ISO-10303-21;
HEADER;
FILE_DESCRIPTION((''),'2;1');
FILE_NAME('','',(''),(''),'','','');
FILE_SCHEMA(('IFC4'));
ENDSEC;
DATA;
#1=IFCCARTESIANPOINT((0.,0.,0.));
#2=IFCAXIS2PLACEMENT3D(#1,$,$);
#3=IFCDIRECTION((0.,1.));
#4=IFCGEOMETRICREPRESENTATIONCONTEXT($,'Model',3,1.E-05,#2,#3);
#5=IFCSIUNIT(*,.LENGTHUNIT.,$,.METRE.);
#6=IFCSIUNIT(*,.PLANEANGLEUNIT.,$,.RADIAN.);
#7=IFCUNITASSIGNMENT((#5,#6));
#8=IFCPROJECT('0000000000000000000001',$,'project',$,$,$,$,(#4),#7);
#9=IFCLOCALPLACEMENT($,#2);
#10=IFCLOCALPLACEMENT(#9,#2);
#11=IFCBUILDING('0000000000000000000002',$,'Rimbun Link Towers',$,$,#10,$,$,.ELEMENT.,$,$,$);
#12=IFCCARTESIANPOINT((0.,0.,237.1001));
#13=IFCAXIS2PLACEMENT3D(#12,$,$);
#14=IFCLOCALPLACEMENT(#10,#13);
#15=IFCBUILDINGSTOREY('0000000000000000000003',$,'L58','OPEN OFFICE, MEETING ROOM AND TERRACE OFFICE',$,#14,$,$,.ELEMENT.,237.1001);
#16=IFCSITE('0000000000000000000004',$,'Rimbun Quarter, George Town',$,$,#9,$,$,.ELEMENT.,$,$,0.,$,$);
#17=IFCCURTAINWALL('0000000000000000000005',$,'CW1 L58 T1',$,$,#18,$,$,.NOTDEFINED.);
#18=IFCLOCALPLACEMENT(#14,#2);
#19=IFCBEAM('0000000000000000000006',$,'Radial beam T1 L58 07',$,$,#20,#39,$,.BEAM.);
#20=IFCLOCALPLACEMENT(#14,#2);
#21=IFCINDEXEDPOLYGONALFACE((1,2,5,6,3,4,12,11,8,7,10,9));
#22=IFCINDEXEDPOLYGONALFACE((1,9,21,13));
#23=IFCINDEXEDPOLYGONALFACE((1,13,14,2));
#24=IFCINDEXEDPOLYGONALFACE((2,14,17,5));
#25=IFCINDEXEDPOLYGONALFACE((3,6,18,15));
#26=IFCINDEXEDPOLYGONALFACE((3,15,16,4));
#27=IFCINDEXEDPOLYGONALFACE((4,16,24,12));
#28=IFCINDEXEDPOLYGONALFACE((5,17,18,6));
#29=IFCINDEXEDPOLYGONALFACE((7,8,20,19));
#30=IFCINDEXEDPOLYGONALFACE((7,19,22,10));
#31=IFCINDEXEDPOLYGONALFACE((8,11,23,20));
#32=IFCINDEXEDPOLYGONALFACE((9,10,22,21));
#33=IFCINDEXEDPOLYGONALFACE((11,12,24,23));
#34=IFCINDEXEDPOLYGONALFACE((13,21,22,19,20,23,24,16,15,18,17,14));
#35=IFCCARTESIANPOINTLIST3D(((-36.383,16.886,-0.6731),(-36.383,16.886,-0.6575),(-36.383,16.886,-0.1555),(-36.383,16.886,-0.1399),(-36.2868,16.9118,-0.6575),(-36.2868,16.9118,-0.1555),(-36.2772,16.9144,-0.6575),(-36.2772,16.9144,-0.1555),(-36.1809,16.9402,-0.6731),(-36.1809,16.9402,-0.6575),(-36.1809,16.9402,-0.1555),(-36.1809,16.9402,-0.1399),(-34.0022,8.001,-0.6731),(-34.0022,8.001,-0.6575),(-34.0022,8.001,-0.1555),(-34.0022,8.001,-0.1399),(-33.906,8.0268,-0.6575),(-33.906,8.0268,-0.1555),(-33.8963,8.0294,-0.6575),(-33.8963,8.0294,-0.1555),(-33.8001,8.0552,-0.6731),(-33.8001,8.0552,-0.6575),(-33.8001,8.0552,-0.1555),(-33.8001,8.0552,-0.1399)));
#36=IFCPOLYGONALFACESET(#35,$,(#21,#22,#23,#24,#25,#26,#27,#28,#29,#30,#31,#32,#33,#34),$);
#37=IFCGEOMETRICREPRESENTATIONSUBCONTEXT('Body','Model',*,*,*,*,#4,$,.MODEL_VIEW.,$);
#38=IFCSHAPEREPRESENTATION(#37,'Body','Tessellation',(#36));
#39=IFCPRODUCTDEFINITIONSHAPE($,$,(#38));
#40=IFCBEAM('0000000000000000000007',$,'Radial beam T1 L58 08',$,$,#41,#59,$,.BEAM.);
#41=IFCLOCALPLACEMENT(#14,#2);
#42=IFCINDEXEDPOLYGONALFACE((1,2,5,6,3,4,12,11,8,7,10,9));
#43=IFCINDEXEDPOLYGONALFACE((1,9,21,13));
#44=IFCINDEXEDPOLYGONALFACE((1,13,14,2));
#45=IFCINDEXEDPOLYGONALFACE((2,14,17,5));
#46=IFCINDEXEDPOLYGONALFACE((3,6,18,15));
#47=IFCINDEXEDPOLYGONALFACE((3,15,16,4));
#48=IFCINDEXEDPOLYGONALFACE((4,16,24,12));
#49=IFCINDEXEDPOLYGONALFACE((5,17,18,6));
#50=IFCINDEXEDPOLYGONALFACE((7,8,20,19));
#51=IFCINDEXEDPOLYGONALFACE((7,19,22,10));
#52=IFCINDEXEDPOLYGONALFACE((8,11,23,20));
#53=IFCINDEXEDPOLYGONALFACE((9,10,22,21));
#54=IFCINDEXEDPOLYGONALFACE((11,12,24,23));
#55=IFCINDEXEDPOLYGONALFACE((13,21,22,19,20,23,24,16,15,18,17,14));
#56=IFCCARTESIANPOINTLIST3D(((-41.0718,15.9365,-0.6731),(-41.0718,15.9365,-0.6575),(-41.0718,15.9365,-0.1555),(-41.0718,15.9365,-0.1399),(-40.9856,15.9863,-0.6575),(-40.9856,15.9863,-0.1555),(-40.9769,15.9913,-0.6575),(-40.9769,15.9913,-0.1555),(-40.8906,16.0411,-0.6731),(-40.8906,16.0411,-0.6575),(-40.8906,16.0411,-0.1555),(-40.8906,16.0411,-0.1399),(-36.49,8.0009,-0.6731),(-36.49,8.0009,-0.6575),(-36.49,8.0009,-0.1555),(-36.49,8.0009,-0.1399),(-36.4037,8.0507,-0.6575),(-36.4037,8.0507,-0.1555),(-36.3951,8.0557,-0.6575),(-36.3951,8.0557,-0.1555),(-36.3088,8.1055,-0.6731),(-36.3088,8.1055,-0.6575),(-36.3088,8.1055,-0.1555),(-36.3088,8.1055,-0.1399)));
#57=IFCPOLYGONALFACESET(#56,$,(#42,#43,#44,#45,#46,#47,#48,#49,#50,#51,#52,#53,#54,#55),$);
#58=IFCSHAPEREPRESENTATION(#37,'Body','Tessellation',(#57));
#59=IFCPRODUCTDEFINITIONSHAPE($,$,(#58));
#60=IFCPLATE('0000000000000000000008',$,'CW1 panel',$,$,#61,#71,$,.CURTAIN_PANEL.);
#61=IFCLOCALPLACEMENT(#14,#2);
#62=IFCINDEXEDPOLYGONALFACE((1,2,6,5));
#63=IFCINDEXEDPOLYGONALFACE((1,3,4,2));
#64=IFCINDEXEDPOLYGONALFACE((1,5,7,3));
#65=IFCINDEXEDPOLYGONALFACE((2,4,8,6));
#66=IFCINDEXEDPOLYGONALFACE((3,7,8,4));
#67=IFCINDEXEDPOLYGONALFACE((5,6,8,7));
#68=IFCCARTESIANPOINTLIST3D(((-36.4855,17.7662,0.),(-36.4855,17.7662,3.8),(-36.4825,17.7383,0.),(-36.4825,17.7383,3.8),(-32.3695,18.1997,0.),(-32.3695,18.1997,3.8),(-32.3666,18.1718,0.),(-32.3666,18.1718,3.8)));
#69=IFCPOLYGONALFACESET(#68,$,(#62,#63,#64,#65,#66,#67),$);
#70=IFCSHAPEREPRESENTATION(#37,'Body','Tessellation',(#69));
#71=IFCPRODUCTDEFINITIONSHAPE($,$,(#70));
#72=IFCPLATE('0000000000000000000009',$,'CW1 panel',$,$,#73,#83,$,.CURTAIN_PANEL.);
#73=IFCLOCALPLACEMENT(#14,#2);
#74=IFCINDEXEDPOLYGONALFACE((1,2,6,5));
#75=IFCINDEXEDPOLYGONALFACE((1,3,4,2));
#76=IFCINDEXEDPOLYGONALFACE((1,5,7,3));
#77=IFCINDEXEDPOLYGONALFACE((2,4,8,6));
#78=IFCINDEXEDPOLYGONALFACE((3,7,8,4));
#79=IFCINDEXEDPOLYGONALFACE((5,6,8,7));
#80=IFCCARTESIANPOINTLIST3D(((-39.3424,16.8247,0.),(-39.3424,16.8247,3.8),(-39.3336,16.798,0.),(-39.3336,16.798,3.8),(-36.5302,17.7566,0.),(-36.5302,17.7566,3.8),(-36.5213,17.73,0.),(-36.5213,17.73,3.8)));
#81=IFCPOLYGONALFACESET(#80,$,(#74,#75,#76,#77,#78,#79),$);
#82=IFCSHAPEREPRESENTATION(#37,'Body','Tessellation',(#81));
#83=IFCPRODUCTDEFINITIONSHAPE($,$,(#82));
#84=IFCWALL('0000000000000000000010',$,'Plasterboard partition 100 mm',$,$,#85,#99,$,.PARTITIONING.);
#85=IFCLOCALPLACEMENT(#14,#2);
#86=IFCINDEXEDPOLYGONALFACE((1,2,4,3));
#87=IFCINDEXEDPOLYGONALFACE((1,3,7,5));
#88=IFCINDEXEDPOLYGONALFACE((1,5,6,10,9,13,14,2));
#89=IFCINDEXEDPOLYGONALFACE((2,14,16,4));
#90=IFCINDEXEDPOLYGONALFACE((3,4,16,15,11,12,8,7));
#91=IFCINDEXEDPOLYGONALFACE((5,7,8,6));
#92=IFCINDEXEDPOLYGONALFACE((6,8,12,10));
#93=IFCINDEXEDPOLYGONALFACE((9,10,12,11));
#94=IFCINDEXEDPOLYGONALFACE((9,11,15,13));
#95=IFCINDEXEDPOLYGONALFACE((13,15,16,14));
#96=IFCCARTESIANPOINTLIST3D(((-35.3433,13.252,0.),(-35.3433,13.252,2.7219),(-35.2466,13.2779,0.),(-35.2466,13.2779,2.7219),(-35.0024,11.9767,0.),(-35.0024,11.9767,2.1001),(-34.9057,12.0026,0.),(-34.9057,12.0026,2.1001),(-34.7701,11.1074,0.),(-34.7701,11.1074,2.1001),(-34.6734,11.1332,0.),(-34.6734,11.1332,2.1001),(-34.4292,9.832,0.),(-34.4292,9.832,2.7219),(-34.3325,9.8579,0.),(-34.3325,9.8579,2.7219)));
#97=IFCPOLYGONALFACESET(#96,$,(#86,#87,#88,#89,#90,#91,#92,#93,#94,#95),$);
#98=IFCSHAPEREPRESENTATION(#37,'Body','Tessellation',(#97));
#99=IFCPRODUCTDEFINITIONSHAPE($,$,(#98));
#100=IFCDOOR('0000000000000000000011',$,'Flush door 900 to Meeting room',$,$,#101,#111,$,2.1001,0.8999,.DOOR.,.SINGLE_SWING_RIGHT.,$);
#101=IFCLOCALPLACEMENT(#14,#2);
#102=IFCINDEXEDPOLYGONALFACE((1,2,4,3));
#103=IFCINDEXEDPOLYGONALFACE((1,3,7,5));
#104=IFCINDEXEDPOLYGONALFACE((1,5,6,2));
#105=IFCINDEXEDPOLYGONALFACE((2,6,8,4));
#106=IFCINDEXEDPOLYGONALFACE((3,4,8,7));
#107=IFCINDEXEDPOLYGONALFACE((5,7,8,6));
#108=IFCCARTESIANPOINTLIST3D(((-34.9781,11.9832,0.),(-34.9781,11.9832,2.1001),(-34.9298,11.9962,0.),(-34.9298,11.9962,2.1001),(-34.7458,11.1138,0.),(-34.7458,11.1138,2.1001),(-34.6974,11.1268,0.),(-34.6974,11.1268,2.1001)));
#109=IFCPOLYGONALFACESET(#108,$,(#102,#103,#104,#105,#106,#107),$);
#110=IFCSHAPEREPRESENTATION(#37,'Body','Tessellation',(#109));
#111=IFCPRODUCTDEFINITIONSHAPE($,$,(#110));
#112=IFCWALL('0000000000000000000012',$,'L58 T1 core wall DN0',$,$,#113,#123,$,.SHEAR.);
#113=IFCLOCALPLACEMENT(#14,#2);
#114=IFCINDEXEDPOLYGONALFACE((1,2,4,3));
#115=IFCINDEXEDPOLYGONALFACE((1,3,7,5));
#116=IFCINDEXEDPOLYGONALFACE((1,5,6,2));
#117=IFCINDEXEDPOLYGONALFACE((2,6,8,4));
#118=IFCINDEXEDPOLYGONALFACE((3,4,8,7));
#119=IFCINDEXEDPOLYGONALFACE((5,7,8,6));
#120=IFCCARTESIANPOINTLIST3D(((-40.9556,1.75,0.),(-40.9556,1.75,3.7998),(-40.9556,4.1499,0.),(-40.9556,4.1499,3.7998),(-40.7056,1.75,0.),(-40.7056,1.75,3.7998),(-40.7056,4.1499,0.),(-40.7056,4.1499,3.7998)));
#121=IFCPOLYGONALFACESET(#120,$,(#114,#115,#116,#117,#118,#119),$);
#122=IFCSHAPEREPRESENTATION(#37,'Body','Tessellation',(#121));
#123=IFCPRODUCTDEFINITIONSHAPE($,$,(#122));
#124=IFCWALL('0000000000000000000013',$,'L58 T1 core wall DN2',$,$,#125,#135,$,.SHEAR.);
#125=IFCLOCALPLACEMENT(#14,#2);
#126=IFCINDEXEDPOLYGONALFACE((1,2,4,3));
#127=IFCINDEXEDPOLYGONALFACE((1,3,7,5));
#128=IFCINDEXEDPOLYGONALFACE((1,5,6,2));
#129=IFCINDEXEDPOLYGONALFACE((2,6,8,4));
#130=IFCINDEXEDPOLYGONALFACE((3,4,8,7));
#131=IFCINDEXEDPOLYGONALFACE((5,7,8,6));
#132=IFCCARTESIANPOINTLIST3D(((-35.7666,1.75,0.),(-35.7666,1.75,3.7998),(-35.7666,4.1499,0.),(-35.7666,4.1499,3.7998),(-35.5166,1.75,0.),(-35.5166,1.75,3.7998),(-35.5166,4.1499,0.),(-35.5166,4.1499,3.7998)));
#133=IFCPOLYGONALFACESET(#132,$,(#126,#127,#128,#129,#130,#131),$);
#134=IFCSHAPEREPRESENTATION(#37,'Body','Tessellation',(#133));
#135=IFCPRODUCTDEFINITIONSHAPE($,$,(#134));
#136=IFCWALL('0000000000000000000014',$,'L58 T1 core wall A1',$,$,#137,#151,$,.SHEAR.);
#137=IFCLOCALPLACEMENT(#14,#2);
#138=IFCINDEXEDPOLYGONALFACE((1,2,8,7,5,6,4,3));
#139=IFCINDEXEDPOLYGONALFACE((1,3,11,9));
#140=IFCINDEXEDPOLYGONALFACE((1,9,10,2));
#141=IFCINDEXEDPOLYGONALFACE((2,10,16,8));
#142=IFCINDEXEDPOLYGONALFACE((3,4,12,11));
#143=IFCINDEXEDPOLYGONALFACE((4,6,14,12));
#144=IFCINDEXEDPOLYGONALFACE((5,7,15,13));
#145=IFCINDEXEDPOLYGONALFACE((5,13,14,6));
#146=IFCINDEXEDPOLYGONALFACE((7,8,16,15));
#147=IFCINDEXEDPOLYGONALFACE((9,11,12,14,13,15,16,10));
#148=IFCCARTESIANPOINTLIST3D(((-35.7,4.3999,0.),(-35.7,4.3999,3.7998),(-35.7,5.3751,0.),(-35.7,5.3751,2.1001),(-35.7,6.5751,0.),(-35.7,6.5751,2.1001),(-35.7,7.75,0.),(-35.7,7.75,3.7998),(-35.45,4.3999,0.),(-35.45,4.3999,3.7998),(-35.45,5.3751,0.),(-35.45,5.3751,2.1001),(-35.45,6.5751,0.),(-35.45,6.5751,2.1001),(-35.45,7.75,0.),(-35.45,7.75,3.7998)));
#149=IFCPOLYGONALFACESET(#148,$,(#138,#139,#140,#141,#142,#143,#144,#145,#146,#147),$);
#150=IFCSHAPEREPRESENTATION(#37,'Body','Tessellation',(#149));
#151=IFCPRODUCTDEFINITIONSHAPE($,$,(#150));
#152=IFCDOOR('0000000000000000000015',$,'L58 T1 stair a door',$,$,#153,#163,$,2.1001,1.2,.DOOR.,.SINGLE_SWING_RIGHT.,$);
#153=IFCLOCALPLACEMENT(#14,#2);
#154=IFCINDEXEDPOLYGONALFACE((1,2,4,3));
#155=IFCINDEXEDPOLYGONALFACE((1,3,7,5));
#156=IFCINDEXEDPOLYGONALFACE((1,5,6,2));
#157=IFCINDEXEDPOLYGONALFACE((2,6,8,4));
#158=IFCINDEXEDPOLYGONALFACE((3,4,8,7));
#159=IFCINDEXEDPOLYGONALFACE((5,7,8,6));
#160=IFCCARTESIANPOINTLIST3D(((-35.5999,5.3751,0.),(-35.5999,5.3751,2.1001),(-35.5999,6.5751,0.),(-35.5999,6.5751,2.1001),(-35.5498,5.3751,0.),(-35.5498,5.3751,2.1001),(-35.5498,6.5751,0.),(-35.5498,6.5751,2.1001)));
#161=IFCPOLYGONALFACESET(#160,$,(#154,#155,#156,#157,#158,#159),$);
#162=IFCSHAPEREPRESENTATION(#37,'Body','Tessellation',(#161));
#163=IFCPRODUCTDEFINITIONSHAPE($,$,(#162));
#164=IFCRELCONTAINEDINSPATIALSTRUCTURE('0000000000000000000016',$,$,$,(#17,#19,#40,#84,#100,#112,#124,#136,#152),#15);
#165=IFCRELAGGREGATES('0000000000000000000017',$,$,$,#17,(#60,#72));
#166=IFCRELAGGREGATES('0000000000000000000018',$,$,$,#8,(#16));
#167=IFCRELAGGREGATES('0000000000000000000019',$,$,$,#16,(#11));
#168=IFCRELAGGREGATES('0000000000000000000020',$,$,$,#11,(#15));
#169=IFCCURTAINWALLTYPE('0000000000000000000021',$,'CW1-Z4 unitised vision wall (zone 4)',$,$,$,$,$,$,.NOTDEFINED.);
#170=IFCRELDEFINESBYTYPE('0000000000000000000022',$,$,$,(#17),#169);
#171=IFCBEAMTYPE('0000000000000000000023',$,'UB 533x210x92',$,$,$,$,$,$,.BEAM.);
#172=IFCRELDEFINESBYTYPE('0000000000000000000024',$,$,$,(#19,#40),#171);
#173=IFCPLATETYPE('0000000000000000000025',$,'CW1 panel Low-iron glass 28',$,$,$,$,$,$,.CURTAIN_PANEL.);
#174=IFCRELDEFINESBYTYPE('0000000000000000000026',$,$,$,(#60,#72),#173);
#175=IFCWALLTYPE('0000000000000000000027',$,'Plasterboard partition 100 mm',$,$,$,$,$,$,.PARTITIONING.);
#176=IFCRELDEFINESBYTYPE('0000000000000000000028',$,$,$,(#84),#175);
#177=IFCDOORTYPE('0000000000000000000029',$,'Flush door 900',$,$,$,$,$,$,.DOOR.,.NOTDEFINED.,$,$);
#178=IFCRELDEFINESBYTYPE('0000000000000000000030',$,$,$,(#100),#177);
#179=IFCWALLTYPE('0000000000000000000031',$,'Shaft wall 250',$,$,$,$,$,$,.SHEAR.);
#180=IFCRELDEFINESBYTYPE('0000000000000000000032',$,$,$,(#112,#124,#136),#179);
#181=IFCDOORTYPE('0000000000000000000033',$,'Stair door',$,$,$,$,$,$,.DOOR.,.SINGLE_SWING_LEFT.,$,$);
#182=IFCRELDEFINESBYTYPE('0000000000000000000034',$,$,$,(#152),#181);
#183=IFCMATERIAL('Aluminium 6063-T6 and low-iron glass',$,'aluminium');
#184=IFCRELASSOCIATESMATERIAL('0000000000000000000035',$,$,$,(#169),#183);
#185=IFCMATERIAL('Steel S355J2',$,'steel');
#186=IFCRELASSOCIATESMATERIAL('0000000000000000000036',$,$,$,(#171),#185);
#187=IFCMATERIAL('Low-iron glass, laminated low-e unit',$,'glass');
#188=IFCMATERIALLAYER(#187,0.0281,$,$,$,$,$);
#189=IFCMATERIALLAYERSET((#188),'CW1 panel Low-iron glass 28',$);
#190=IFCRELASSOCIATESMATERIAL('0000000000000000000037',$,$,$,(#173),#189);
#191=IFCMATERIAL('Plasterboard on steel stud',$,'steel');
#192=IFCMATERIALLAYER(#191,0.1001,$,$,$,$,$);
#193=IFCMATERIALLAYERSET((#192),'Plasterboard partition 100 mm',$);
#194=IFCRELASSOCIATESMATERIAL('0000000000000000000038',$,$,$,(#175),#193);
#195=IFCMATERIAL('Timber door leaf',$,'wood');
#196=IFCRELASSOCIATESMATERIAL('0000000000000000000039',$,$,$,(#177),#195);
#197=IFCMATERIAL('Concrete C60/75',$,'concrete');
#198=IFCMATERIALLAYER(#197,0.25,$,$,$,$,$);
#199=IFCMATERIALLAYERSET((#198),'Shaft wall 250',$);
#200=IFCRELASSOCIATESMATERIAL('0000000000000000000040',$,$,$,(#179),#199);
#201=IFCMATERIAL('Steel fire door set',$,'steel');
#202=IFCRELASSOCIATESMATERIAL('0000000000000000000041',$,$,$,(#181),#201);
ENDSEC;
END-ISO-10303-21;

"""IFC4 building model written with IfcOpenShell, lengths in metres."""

from ifc_helpers import new_model, si_unit, direction, frame, frame_2d, origin, origin_2d, place, context, subcontext, project, spatial, rectangle, i_section, extrude, material, layer, layer_set, material_profile, profile_set, type_object, element, fill, aggregate, save


model = new_model("IFC4")

# Units and contexts
model_context = context("Model", 3, precision=1e-05, world=origin(), true_north=direction((0.0, 1.0)))
body_context = subcontext(model_context, "Body", "Model", "MODEL_VIEW")
ifc_project = project(units=[si_unit("LENGTHUNIT", "METRE"), si_unit("PLANEANGLEUNIT", "RADIAN")], contexts=[model_context])

# Site, building, storey
site_placement = place(None, origin())
site = spatial("IfcSite", under=ifc_project, at=site_placement, Name="Rimbun Quarter, George Town", CompositionType="ELEMENT", RefElevation=0.0)
building_placement = place(site_placement, origin())
building = spatial("IfcBuilding", under=site, at=building_placement, Name="Rimbun Link Towers", CompositionType="ELEMENT")
storey_placement = place(building_placement, frame((0.0, 0.0, 237.1001)))
storey = spatial("IfcBuildingStorey", under=building, at=storey_placement, Name="L58", Description="OPEN OFFICE, MEETING ROOM AND TERRACE OFFICE", CompositionType="ELEMENT", Elevation=237.1001)

# Curtain wall
ifc_material_1 = material(Name="Aluminium 6063-T6 and low-iron glass", Category="aluminium")
curtain_wall_type = type_object("IfcCurtainWallType", Name="CW1-Z4 unitised vision wall (zone 4)", PredefinedType="NOTDEFINED", material=ifc_material_1)
curtain_wall_placement = place(storey_placement, origin())
curtain_wall = element("IfcCurtainWall", 1, at=curtain_wall_placement, inside=storey, type_object=curtain_wall_type, Name="CW1 L58 T1", PredefinedType="NOTDEFINED")

# Beams
ifc_material_2 = material(Name="Steel S355J2", Category="steel")
ifc_material_profile_1 = material_profile(ifc_material_2, i_section(OverallWidth=0.2092, OverallDepth=0.5332, WebThickness=0.01, FlangeThickness=0.0156, at=origin_2d()), Name="UB 533x210x92")
ifc_profile_set_1 = profile_set([ifc_material_profile_1], Name="Steel S355J2")
beam_type_1 = type_object("IfcBeamType", Name="UB 533x210x92", PredefinedType="BEAM", material=ifc_profile_set_1)
beam_1_placement = place(storey_placement, frame((-33.9011, 8.0281, -0.4065), z_axis=(-0.258832, 0.965922, 0.0), x_axis=(-0.965922, -0.258832, 0.0)))
element("IfcBeam", 2, at=beam_1_placement, inside=storey, type_object=beam_type_1, Name="Radial beam T1 L58 07", PredefinedType="BEAM", context=body_context, shape_type="SweptSolid", body=[
    extrude(i_section(OverallWidth=0.2092, OverallDepth=0.5332, WebThickness=0.01, FlangeThickness=0.0156, at=origin_2d()), origin(), (0.0, 0.0, 1.0), 9.1985),
])
beam_2_placement = place(storey_placement, frame((-36.3994, 8.0532, -0.4065), z_axis=(-0.500016, 0.866016, 0.0), x_axis=(-0.866016, -0.500016, 0.0)))
element("IfcBeam", 3, at=beam_2_placement, inside=storey, type_object=beam_type_1, Name="Radial beam T1 L58 08", PredefinedType="BEAM", context=body_context, shape_type="SweptSolid", body=[
    extrude(i_section(OverallWidth=0.2092, OverallDepth=0.5332, WebThickness=0.01, FlangeThickness=0.0156, at=origin_2d()), origin(), (0.0, 0.0, 1.0), 9.1633),
])

# Plates
ifc_material_3 = material(Name="Low-iron glass, laminated low-e unit", Category="glass")
ifc_layer_1 = layer(ifc_material_3, 0.0281)
ifc_layer_set_1 = layer_set([ifc_layer_1], Name="CW1 panel Low-iron glass 28")
plate_type = type_object("IfcPlateType", Name="CW1 panel Low-iron glass 28", PredefinedType="CURTAIN_PANEL", material=ifc_layer_set_1)
plate_1_placement = place(storey_placement, frame((-34.426, 17.969, 0.0), z_axis=(0.0, 0.0, 1.0), x_axis=(0.9945, 0.104736, 0.0)))
plate_1 = element("IfcPlate", 4, at=plate_1_placement, type_object=plate_type, Name="CW1 panel", PredefinedType="CURTAIN_PANEL", context=body_context, shape_type="SweptSolid", body=[
    extrude(rectangle(XDim=4.1387, YDim=0.0281, at=origin_2d()), origin(), (0.0, 0.0, 1.0), 3.8),
])
plate_2_placement = place(storey_placement, frame((-37.9319, 17.2773, 0.0), z_axis=(0.0, 0.0, 1.0), x_axis=(0.949234, 0.31457, 0.0)))
plate_2 = element("IfcPlate", 5, at=plate_2_placement, type_object=plate_type, Name="CW1 panel", PredefinedType="CURTAIN_PANEL", context=body_context, shape_type="SweptSolid", body=[
    extrude(rectangle(XDim=2.9626, YDim=0.0281, at=origin_2d()), origin(), (0.0, 0.0, 1.0), 3.8),
])
aggregate(curtain_wall, [plate_1, plate_2])

# Wall, opening, door
ifc_material_4 = material(Name="Plasterboard on steel stud", Category="steel")
ifc_layer_2 = layer(ifc_material_4, 0.1001)
ifc_layer_set_2 = layer_set([ifc_layer_2], Name="Plasterboard partition 100 mm")
wall_type_1 = type_object("IfcWallType", Name="Plasterboard partition 100 mm", PredefinedType="PARTITIONING", material=ifc_layer_set_2)
wall_1_placement = place(storey_placement, frame((-34.3809, 9.845, 0.0), z_axis=(0.0, 0.0, 1.0), x_axis=(-0.258212, 0.966088, 0.0)))
wall_1 = element("IfcWall", 6, at=wall_1_placement, inside=storey, type_object=wall_type_1, Name="Plasterboard partition 100 mm", PredefinedType="PARTITIONING", context=body_context, shape_type="SweptSolid", body=[
    extrude(rectangle(XDim=3.54, YDim=0.1001, at=frame_2d((1.77, 0.0))), origin(), (0.0, 0.0, 1.0), 2.7219),
])
opening_1_placement = place(wall_1_placement, frame((1.3201, 0.0, 0.0)))
opening_1 = element("IfcOpeningElement", 7, at=opening_1_placement, cuts=wall_1, PredefinedType="OPENING", context=body_context, shape_type="SweptSolid", body=[
    extrude(rectangle(XDim=0.8999, YDim=2.1001, at=frame_2d((0.45, 1.05))), frame((0.0, 0.0601, 0.0), z_axis=(0.0, -1.0, 0.0), x_axis=(1.0, 0.0, 0.0)), (0.0, 0.0, 1.0), 0.1201),
])
ifc_material_5 = material(Name="Timber door leaf", Category="wood")
door_type_1 = type_object("IfcDoorType", Name="Flush door 900", OperationType="NOTDEFINED", PredefinedType="DOOR", material=ifc_material_5)
door_1_placement = place(opening_1_placement, origin())
door_1 = element("IfcDoor", 8, at=door_1_placement, inside=storey, type_object=door_type_1, Name="Flush door 900 to Meeting room", OperationType="SINGLE_SWING_RIGHT", OverallHeight=2.1001, OverallWidth=0.8999, PredefinedType="DOOR", context=body_context, shape_type="SweptSolid", body=[
    extrude(rectangle(XDim=0.8999, YDim=2.1001, at=frame_2d((0.45, 1.05))), frame((0.0, 0.0249, 0.0), z_axis=(0.0, -1.0, 0.0), x_axis=(1.0, 0.0, 0.0)), (0.0, 0.0, 1.0), 0.05),
])
fill(opening_1, door_1)

# Walls
ifc_material_6 = material(Name="Concrete C60/75", Category="concrete")
ifc_layer_3 = layer(ifc_material_6, 0.25)
ifc_layer_set_3 = layer_set([ifc_layer_3], Name="Shaft wall 250")
wall_type_2 = type_object("IfcWallType", Name="Shaft wall 250", PredefinedType="SHEAR", material=ifc_layer_set_3)
for number, where, z_axis, x_axis, name in (
    (9, (-40.8306, 1.75, 0.0), (0.0, 0.0, 1.0), (0.0, 1.0, 0.0), "L58 T1 core wall DN0"),
    (10, (-35.6416, 1.75, 0.0), (0.0, 0.0, 1.0), (0.0, 1.0, 0.0), "L58 T1 core wall DN2"),
):
    element("IfcWall", number, at=place(storey_placement, frame(where, z_axis=z_axis, x_axis=x_axis)), inside=storey, type_object=wall_type_2, Name=name, PredefinedType="SHEAR", context=body_context, shape_type="SweptSolid", body=[
        extrude(rectangle(XDim=2.3999, YDim=0.25, at=frame_2d((1.2, 0.0))), origin(), (0.0, 0.0, 1.0), 3.7998),
    ])

# Wall, opening, door
wall_2_placement = place(storey_placement, frame((-35.575, 4.3999, 0.0), z_axis=(0.0, 0.0, 1.0), x_axis=(0.0, 1.0, 0.0)))
wall_2 = element("IfcWall", 11, at=wall_2_placement, inside=storey, type_object=wall_type_2, Name="L58 T1 core wall A1", PredefinedType="SHEAR", context=body_context, shape_type="SweptSolid", body=[
    extrude(rectangle(XDim=3.3501, YDim=0.25, at=frame_2d((1.675, 0.0))), origin(), (0.0, 0.0, 1.0), 3.7998),
])
opening_2_placement = place(wall_2_placement, frame((0.9751, 0.0, 0.0)))
opening_2 = element("IfcOpeningElement", 12, at=opening_2_placement, cuts=wall_2, PredefinedType="OPENING", context=body_context, shape_type="SweptSolid", body=[
    extrude(rectangle(XDim=1.2, YDim=2.1001, at=frame_2d((0.6001, 1.05))), frame((0.0, 0.135, 0.0), z_axis=(0.0, -1.0, 0.0), x_axis=(1.0, 0.0, 0.0)), (0.0, 0.0, 1.0), 0.27),
])
ifc_material_7 = material(Name="Steel fire door set", Category="steel")
door_type_2 = type_object("IfcDoorType", Name="Stair door", OperationType="SINGLE_SWING_LEFT", PredefinedType="DOOR", material=ifc_material_7)
door_2_placement = place(opening_2_placement, origin())
door_2 = element("IfcDoor", 13, at=door_2_placement, inside=storey, type_object=door_type_2, Name="L58 T1 stair a door", OperationType="SINGLE_SWING_RIGHT", OverallHeight=2.1001, OverallWidth=1.2, PredefinedType="DOOR", context=body_context, shape_type="SweptSolid", body=[
    extrude(rectangle(XDim=1.2, YDim=2.1001, at=frame_2d((0.6001, 1.05))), frame((0.0, 0.0249, 0.0), z_axis=(0.0, -1.0, 0.0), x_axis=(1.0, 0.0, 0.0)), (0.0, 0.0, 1.0), 0.05),
])
fill(opening_2, door_2)

save(model, "model.ifc")
